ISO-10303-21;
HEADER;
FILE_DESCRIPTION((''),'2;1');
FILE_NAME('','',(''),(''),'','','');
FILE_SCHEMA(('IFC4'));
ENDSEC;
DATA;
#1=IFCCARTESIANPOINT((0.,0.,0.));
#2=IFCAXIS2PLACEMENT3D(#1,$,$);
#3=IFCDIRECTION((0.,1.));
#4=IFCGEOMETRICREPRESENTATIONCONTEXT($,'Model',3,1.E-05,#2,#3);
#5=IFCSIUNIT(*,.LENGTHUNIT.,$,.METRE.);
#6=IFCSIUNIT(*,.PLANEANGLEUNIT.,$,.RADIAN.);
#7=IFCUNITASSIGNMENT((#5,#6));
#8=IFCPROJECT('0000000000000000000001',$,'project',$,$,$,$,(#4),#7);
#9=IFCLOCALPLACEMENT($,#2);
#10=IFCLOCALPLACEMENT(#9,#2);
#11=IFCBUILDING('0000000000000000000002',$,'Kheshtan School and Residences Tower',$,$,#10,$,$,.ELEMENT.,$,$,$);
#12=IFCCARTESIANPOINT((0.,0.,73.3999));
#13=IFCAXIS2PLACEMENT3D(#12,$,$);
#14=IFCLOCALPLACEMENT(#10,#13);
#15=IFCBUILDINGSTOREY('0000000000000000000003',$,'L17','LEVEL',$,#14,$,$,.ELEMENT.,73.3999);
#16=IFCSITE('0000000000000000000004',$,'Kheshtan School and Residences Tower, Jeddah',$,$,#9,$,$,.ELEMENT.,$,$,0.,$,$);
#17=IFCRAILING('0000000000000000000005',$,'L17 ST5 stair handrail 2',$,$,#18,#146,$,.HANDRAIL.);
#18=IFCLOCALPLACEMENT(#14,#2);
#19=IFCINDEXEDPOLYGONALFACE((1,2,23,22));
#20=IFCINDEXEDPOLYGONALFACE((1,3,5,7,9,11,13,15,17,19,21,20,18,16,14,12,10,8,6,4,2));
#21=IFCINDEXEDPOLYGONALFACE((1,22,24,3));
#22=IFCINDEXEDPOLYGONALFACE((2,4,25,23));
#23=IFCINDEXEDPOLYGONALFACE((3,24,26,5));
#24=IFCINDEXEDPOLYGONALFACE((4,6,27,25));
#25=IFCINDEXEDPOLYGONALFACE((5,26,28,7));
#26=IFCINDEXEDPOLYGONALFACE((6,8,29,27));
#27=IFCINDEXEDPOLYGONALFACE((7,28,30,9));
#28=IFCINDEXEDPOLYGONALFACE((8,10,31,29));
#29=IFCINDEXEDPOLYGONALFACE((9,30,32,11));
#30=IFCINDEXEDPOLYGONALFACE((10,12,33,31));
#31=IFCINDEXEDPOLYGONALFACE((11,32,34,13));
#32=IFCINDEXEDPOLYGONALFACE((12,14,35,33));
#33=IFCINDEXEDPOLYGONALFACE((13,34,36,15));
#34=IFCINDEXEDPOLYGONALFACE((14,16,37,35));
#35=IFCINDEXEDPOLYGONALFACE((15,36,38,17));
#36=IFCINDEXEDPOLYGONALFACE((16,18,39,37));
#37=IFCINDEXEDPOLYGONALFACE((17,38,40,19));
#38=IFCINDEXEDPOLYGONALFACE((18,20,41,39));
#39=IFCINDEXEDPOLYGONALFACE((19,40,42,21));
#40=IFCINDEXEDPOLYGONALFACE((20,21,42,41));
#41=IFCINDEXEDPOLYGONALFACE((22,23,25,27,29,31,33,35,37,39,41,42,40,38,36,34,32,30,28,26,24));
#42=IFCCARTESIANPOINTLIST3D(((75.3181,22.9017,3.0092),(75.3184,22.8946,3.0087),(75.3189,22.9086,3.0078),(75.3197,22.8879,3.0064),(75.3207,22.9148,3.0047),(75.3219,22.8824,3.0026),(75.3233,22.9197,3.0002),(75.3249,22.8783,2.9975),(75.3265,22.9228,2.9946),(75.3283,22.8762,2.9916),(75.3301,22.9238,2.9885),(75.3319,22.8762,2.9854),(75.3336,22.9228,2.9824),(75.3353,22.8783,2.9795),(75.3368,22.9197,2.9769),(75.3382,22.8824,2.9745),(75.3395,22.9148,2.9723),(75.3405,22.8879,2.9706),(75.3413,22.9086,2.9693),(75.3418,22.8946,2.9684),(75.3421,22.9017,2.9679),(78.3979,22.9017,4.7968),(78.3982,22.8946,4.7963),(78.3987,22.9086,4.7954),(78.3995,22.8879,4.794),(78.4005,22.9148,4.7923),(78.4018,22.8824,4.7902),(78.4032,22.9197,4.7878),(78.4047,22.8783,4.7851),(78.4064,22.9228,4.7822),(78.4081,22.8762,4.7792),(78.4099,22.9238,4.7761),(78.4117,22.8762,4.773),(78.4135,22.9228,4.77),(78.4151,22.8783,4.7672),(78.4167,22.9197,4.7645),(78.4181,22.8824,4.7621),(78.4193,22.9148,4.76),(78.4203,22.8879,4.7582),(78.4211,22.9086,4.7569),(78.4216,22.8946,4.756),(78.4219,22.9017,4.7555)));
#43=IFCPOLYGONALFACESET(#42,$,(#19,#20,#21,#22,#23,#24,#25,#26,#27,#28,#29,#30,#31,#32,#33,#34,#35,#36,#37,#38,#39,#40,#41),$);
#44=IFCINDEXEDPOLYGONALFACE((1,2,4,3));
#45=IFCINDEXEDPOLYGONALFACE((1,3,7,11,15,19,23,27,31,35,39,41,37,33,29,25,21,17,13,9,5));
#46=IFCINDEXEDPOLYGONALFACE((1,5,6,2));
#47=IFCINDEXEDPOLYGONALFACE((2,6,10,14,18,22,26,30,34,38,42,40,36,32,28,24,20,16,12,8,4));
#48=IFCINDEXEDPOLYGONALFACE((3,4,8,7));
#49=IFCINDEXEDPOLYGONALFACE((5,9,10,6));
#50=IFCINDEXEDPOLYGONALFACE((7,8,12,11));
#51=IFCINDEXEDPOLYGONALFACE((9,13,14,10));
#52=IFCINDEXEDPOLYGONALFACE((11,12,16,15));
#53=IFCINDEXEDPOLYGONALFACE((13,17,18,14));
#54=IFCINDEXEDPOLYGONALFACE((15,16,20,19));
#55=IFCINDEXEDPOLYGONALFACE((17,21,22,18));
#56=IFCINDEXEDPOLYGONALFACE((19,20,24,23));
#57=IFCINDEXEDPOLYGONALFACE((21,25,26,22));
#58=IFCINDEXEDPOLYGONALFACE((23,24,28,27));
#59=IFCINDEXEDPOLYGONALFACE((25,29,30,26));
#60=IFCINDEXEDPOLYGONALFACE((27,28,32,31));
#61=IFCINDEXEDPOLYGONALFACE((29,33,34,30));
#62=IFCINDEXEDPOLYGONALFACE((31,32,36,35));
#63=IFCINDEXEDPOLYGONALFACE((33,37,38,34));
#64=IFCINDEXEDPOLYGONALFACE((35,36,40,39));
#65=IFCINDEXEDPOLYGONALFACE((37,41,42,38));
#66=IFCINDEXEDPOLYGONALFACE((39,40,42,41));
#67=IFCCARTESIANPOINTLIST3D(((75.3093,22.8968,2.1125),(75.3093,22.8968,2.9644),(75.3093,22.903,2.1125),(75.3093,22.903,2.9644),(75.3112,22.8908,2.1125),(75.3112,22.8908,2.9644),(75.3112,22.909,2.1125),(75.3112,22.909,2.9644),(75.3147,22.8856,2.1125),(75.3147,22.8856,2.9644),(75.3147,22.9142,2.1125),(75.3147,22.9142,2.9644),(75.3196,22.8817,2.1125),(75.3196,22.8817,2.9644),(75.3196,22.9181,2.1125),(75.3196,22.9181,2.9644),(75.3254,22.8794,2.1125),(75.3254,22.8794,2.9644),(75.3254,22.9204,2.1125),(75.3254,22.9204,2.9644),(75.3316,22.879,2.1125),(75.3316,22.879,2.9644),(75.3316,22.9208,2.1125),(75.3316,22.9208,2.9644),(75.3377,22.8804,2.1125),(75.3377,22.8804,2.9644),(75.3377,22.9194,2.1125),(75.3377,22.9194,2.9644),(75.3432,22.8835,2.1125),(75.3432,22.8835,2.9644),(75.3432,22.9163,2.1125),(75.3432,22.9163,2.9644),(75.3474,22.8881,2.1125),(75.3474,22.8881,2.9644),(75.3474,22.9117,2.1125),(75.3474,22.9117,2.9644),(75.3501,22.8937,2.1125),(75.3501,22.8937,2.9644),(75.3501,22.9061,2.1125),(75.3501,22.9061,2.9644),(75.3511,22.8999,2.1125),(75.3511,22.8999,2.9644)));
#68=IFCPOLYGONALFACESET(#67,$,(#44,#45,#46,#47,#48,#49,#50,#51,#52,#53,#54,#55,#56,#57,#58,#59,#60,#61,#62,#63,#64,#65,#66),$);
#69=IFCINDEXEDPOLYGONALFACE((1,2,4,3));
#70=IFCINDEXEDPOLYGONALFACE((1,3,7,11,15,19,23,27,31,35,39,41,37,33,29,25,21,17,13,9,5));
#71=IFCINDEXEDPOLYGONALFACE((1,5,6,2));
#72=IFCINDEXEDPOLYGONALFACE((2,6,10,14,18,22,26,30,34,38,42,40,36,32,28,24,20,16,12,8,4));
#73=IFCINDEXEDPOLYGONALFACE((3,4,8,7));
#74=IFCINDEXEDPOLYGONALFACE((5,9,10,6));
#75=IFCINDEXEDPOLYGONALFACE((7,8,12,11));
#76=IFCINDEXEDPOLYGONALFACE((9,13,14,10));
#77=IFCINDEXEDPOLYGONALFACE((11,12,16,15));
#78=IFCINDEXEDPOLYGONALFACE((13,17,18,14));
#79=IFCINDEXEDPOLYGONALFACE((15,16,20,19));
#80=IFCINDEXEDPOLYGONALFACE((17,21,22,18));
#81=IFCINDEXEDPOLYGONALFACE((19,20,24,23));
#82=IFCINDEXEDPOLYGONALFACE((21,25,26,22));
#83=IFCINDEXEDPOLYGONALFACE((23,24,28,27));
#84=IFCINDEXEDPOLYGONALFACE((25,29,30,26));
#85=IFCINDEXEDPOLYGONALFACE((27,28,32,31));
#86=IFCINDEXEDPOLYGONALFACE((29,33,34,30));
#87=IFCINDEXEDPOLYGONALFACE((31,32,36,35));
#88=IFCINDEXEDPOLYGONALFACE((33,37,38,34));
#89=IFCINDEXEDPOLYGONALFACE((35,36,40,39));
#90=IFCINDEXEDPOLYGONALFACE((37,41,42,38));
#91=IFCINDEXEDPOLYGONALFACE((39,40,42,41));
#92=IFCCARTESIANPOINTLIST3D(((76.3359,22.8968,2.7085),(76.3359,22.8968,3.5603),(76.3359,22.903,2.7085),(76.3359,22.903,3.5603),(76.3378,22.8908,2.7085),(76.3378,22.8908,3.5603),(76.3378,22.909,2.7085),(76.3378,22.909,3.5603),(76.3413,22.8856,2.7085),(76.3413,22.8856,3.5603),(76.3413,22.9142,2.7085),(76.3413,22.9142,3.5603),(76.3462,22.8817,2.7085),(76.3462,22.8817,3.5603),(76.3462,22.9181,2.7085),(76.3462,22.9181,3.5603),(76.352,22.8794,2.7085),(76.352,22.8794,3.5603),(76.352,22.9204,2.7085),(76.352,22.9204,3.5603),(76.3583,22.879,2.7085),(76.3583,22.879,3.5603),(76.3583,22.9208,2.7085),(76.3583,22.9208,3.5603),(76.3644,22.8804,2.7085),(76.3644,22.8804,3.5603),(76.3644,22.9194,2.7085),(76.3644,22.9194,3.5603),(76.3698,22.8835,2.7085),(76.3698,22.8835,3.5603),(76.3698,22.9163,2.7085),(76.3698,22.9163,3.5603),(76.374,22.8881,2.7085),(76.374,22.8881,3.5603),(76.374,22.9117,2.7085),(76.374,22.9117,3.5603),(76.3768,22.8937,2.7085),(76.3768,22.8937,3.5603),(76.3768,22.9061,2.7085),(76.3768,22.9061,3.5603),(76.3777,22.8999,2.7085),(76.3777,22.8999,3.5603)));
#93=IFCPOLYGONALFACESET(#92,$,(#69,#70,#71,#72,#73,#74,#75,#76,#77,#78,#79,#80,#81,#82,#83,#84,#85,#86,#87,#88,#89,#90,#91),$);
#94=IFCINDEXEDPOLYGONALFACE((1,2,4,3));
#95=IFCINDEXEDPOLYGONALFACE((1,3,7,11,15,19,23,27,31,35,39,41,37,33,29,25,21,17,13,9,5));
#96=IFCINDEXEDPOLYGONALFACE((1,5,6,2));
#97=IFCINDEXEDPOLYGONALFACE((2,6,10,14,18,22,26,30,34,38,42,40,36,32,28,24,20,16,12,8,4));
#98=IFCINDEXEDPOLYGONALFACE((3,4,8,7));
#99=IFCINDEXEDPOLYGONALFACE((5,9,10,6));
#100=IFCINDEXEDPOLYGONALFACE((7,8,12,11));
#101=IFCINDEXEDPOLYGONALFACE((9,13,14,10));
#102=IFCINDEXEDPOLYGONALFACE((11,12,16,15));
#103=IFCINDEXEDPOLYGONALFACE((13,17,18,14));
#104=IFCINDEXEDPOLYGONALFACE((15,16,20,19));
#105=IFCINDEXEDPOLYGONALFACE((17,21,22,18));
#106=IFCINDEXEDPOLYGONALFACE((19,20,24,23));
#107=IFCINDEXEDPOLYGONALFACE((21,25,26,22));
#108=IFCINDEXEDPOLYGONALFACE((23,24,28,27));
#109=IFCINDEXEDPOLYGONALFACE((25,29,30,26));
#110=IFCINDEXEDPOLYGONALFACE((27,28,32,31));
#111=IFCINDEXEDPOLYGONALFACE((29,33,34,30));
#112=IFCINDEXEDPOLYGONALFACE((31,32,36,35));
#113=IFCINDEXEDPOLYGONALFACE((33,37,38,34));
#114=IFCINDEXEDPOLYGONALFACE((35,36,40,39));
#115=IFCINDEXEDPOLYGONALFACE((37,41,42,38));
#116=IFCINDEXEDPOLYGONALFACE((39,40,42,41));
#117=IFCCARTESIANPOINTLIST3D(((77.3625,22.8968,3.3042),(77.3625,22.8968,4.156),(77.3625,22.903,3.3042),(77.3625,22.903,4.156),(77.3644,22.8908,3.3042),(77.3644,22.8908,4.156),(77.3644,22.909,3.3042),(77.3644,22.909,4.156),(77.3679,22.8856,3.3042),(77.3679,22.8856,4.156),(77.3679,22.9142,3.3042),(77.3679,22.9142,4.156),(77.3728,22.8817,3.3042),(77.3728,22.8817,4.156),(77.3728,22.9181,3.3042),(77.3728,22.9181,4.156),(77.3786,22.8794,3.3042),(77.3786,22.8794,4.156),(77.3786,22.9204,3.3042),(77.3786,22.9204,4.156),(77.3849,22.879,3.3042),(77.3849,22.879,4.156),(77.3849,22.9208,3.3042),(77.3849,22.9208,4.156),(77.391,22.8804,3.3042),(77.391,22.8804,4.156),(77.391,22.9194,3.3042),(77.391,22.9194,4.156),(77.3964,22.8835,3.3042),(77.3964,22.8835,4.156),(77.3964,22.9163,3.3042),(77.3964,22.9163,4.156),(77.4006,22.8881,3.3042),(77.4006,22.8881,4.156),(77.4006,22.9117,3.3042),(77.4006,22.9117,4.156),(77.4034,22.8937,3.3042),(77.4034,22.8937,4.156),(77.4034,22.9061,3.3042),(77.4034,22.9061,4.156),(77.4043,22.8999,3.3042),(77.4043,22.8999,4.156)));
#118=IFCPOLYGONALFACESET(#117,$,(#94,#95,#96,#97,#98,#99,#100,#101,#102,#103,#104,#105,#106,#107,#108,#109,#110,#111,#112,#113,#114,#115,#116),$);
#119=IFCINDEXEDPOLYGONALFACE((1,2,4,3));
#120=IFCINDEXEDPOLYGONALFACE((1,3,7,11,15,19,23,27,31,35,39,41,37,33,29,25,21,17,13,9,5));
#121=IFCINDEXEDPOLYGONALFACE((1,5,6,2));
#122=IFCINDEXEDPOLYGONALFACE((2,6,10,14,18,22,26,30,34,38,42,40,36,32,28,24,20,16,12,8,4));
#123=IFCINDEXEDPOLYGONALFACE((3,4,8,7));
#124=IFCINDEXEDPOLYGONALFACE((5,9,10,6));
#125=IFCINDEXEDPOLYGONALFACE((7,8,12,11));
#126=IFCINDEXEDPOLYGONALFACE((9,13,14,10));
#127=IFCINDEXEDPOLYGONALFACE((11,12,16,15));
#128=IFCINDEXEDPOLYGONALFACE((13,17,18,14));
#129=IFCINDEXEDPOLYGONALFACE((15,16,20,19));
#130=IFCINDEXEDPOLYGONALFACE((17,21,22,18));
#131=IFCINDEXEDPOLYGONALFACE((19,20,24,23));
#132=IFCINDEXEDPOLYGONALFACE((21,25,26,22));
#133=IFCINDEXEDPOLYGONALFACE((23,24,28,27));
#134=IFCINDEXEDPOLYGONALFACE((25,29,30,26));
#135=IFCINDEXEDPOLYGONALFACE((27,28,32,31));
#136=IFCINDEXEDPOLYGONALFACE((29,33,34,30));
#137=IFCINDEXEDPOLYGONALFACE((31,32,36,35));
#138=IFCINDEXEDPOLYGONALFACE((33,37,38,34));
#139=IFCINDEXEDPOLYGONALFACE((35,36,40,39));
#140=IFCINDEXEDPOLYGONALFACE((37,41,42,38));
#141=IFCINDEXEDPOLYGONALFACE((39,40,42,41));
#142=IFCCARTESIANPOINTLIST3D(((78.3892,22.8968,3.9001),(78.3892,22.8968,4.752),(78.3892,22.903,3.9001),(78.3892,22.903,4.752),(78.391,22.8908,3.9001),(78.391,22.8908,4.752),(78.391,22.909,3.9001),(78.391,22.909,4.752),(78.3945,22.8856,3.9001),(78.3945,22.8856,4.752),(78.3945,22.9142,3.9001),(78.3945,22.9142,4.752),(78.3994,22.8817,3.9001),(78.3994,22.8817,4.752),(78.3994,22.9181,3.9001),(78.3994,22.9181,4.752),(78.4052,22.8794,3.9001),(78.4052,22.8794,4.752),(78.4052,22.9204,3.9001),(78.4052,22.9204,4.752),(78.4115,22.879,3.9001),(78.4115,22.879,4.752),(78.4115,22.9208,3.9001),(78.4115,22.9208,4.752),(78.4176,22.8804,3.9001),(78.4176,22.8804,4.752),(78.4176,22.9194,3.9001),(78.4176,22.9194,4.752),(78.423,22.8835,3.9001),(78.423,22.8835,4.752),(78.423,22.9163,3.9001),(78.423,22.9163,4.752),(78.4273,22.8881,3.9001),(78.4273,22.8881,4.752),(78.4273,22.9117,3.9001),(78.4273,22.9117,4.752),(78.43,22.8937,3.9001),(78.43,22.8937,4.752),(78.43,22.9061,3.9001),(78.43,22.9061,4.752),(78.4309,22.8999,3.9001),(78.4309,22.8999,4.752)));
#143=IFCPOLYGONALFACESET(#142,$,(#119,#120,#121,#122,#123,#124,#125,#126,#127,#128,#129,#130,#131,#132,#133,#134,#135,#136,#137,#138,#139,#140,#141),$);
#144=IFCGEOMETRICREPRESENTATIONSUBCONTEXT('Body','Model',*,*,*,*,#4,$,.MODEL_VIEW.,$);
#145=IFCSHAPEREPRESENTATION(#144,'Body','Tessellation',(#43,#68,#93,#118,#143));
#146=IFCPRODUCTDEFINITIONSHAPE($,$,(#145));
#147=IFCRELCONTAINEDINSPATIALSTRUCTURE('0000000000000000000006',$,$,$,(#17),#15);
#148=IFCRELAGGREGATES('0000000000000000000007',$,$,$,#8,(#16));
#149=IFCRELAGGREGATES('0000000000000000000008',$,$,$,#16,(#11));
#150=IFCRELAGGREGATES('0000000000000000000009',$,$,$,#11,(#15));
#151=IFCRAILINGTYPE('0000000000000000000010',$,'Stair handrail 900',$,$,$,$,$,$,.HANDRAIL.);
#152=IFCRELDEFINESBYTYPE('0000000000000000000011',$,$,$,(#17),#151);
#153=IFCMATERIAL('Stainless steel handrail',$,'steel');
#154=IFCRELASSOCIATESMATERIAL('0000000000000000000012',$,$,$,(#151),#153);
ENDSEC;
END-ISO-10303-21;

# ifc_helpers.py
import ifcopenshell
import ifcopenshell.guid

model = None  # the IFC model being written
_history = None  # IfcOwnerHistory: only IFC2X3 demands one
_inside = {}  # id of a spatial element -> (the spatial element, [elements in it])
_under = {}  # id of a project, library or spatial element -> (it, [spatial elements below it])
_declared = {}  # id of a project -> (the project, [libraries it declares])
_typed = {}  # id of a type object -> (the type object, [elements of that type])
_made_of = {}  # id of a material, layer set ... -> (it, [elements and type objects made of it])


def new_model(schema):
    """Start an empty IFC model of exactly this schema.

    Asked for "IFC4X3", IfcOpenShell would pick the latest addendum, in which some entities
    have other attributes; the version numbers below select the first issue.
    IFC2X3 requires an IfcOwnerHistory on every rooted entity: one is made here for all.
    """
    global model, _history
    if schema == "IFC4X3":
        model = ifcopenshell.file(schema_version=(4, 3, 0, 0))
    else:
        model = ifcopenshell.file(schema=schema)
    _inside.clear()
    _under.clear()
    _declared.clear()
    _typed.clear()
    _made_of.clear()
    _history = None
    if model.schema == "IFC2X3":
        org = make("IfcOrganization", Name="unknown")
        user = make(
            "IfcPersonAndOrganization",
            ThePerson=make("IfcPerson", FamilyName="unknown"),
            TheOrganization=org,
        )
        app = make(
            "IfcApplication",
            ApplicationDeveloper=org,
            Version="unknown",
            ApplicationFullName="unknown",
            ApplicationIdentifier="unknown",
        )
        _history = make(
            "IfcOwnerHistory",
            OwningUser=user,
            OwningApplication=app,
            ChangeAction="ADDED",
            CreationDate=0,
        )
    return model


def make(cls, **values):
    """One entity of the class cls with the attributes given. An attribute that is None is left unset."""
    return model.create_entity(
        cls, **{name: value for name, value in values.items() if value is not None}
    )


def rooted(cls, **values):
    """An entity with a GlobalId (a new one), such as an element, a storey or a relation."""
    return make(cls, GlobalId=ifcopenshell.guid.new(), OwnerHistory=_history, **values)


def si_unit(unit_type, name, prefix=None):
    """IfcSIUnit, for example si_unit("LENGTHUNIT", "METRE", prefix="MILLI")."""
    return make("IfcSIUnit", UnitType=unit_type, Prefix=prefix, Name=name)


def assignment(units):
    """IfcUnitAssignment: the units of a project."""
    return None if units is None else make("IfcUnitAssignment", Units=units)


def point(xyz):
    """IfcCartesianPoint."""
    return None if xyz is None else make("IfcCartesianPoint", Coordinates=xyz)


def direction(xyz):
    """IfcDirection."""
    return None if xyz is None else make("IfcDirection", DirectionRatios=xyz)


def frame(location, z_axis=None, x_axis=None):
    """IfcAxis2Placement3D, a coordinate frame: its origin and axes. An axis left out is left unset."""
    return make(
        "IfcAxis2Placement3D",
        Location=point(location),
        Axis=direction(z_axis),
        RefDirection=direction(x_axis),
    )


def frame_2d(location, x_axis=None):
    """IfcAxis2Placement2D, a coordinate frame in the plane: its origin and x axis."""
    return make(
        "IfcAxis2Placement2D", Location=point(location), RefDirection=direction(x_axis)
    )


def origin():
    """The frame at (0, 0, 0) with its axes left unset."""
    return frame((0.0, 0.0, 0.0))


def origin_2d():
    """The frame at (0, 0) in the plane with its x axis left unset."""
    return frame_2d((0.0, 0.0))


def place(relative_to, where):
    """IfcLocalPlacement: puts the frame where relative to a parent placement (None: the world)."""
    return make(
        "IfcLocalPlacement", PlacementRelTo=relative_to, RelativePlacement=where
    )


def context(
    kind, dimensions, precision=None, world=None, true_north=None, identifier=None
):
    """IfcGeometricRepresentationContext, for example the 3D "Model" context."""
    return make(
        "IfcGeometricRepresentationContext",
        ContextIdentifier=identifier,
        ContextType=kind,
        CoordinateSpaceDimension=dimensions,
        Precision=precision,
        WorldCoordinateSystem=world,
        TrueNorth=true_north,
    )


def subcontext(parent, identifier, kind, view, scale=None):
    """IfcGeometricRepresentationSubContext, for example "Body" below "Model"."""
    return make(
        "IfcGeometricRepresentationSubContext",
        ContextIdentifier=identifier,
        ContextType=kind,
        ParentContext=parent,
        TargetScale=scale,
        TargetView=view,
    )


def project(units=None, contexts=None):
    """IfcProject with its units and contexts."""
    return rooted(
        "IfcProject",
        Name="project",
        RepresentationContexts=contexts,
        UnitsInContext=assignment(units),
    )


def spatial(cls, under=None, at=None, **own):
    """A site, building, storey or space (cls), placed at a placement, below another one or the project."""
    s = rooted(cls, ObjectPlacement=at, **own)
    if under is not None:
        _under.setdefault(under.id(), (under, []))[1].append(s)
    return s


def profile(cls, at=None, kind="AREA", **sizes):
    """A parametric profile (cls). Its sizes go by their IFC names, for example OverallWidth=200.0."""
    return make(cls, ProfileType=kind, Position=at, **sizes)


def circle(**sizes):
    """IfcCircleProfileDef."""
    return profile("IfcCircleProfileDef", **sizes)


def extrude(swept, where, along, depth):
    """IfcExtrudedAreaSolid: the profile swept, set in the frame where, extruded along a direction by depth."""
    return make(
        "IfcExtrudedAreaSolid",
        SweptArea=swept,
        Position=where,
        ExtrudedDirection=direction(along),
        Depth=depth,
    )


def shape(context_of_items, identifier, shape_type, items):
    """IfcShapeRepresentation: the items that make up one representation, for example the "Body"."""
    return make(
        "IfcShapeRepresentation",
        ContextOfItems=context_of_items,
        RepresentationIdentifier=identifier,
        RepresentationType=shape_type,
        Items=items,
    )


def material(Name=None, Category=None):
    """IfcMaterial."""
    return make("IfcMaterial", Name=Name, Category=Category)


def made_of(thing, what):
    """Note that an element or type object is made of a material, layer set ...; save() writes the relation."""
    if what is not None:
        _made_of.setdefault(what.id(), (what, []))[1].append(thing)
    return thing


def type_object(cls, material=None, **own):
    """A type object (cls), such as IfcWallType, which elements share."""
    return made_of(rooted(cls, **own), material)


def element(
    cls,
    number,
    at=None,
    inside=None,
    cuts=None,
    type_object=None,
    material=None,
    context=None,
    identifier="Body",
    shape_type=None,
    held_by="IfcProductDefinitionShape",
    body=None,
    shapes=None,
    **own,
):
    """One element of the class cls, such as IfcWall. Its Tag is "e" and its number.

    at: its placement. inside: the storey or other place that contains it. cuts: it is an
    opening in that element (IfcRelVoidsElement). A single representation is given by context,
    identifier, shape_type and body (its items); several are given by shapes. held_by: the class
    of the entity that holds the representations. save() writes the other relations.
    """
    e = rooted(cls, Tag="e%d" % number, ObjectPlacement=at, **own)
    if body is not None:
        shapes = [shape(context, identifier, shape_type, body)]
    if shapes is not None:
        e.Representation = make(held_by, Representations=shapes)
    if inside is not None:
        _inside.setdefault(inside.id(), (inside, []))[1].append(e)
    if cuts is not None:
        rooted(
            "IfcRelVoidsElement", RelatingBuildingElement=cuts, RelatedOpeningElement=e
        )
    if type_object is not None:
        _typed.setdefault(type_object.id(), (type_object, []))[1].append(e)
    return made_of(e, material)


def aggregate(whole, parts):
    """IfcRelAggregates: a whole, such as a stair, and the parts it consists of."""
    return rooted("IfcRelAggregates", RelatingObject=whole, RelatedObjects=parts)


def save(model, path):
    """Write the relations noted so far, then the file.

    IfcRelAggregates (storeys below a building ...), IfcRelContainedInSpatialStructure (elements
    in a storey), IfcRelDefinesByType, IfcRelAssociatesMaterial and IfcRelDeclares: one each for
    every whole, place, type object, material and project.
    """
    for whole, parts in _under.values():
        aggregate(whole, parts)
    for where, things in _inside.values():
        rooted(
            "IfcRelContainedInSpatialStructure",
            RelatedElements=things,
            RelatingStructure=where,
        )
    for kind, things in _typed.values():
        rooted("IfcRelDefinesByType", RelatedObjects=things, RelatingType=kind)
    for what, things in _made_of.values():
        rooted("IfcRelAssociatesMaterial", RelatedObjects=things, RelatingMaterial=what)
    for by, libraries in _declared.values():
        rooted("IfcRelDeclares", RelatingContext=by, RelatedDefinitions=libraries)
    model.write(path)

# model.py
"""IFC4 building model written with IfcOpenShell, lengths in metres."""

from ifc_helpers import new_model, si_unit, direction, frame, origin, origin_2d, place, context, subcontext, project, spatial, circle, extrude, material, type_object, element, save


model = new_model("IFC4")

# Units and contexts
model_context = context("Model", 3, precision=1e-05, world=origin(), true_north=direction((0.0, 1.0)))
body_context = subcontext(model_context, "Body", "Model", "MODEL_VIEW")
ifc_project = project(units=[si_unit("LENGTHUNIT", "METRE"), si_unit("PLANEANGLEUNIT", "RADIAN")], contexts=[model_context])

# Site, building, storey
site_placement = place(None, origin())
site = spatial("IfcSite", under=ifc_project, at=site_placement, Name="Kheshtan School and Residences Tower, Jeddah", CompositionType="ELEMENT", RefElevation=0.0)
building_placement = place(site_placement, origin())
building = spatial("IfcBuilding", under=site, at=building_placement, Name="Kheshtan School and Residences Tower", CompositionType="ELEMENT")
storey_placement = place(building_placement, frame((0.0, 0.0, 73.3999)))
storey = spatial("IfcBuildingStorey", under=building, at=storey_placement, Name="L17", Description="LEVEL", CompositionType="ELEMENT", Elevation=73.3999)

# Railing
ifc_material_1 = material(Name="Stainless steel handrail", Category="steel")
railing_type_1 = type_object("IfcRailingType", Name="Stair handrail 900", PredefinedType="HANDRAIL", material=ifc_material_1)
railing_1_placement = place(storey_placement, frame((75.3301, 22.8999, 2.1125)))
element("IfcRailing", 1, at=railing_1_placement, inside=storey, type_object=railing_type_1, Name="L17 ST5 stair handrail 2", PredefinedType="HANDRAIL", context=body_context, shape_type="SweptSolid", body=[
    extrude(circle(Radius=0.0239, at=origin_2d()), frame((0.0, 0.0, 0.876), z_axis=(0.864873, 0.0, 0.50199), x_axis=(0.0, 1.0, 0.0)), (0.0, 0.0, 1.0), 3.561),
    extrude(circle(Radius=0.021, at=origin_2d()), origin(), (0.0, 0.0, 1.0), 0.8518),
    extrude(circle(Radius=0.021, at=origin_2d()), frame((1.0266, 0.0, 0.5959)), (0.0, 0.0, 1.0), 0.8518),
    extrude(circle(Radius=0.021, at=origin_2d()), frame((2.0532, 0.0, 1.1917)), (0.0, 0.0, 1.0), 0.8518),
    extrude(circle(Radius=0.021, at=origin_2d()), frame((3.0798, 0.0, 1.7876)), (0.0, 0.0, 1.0), 0.8518),
])

save(model, "model.ifc")
